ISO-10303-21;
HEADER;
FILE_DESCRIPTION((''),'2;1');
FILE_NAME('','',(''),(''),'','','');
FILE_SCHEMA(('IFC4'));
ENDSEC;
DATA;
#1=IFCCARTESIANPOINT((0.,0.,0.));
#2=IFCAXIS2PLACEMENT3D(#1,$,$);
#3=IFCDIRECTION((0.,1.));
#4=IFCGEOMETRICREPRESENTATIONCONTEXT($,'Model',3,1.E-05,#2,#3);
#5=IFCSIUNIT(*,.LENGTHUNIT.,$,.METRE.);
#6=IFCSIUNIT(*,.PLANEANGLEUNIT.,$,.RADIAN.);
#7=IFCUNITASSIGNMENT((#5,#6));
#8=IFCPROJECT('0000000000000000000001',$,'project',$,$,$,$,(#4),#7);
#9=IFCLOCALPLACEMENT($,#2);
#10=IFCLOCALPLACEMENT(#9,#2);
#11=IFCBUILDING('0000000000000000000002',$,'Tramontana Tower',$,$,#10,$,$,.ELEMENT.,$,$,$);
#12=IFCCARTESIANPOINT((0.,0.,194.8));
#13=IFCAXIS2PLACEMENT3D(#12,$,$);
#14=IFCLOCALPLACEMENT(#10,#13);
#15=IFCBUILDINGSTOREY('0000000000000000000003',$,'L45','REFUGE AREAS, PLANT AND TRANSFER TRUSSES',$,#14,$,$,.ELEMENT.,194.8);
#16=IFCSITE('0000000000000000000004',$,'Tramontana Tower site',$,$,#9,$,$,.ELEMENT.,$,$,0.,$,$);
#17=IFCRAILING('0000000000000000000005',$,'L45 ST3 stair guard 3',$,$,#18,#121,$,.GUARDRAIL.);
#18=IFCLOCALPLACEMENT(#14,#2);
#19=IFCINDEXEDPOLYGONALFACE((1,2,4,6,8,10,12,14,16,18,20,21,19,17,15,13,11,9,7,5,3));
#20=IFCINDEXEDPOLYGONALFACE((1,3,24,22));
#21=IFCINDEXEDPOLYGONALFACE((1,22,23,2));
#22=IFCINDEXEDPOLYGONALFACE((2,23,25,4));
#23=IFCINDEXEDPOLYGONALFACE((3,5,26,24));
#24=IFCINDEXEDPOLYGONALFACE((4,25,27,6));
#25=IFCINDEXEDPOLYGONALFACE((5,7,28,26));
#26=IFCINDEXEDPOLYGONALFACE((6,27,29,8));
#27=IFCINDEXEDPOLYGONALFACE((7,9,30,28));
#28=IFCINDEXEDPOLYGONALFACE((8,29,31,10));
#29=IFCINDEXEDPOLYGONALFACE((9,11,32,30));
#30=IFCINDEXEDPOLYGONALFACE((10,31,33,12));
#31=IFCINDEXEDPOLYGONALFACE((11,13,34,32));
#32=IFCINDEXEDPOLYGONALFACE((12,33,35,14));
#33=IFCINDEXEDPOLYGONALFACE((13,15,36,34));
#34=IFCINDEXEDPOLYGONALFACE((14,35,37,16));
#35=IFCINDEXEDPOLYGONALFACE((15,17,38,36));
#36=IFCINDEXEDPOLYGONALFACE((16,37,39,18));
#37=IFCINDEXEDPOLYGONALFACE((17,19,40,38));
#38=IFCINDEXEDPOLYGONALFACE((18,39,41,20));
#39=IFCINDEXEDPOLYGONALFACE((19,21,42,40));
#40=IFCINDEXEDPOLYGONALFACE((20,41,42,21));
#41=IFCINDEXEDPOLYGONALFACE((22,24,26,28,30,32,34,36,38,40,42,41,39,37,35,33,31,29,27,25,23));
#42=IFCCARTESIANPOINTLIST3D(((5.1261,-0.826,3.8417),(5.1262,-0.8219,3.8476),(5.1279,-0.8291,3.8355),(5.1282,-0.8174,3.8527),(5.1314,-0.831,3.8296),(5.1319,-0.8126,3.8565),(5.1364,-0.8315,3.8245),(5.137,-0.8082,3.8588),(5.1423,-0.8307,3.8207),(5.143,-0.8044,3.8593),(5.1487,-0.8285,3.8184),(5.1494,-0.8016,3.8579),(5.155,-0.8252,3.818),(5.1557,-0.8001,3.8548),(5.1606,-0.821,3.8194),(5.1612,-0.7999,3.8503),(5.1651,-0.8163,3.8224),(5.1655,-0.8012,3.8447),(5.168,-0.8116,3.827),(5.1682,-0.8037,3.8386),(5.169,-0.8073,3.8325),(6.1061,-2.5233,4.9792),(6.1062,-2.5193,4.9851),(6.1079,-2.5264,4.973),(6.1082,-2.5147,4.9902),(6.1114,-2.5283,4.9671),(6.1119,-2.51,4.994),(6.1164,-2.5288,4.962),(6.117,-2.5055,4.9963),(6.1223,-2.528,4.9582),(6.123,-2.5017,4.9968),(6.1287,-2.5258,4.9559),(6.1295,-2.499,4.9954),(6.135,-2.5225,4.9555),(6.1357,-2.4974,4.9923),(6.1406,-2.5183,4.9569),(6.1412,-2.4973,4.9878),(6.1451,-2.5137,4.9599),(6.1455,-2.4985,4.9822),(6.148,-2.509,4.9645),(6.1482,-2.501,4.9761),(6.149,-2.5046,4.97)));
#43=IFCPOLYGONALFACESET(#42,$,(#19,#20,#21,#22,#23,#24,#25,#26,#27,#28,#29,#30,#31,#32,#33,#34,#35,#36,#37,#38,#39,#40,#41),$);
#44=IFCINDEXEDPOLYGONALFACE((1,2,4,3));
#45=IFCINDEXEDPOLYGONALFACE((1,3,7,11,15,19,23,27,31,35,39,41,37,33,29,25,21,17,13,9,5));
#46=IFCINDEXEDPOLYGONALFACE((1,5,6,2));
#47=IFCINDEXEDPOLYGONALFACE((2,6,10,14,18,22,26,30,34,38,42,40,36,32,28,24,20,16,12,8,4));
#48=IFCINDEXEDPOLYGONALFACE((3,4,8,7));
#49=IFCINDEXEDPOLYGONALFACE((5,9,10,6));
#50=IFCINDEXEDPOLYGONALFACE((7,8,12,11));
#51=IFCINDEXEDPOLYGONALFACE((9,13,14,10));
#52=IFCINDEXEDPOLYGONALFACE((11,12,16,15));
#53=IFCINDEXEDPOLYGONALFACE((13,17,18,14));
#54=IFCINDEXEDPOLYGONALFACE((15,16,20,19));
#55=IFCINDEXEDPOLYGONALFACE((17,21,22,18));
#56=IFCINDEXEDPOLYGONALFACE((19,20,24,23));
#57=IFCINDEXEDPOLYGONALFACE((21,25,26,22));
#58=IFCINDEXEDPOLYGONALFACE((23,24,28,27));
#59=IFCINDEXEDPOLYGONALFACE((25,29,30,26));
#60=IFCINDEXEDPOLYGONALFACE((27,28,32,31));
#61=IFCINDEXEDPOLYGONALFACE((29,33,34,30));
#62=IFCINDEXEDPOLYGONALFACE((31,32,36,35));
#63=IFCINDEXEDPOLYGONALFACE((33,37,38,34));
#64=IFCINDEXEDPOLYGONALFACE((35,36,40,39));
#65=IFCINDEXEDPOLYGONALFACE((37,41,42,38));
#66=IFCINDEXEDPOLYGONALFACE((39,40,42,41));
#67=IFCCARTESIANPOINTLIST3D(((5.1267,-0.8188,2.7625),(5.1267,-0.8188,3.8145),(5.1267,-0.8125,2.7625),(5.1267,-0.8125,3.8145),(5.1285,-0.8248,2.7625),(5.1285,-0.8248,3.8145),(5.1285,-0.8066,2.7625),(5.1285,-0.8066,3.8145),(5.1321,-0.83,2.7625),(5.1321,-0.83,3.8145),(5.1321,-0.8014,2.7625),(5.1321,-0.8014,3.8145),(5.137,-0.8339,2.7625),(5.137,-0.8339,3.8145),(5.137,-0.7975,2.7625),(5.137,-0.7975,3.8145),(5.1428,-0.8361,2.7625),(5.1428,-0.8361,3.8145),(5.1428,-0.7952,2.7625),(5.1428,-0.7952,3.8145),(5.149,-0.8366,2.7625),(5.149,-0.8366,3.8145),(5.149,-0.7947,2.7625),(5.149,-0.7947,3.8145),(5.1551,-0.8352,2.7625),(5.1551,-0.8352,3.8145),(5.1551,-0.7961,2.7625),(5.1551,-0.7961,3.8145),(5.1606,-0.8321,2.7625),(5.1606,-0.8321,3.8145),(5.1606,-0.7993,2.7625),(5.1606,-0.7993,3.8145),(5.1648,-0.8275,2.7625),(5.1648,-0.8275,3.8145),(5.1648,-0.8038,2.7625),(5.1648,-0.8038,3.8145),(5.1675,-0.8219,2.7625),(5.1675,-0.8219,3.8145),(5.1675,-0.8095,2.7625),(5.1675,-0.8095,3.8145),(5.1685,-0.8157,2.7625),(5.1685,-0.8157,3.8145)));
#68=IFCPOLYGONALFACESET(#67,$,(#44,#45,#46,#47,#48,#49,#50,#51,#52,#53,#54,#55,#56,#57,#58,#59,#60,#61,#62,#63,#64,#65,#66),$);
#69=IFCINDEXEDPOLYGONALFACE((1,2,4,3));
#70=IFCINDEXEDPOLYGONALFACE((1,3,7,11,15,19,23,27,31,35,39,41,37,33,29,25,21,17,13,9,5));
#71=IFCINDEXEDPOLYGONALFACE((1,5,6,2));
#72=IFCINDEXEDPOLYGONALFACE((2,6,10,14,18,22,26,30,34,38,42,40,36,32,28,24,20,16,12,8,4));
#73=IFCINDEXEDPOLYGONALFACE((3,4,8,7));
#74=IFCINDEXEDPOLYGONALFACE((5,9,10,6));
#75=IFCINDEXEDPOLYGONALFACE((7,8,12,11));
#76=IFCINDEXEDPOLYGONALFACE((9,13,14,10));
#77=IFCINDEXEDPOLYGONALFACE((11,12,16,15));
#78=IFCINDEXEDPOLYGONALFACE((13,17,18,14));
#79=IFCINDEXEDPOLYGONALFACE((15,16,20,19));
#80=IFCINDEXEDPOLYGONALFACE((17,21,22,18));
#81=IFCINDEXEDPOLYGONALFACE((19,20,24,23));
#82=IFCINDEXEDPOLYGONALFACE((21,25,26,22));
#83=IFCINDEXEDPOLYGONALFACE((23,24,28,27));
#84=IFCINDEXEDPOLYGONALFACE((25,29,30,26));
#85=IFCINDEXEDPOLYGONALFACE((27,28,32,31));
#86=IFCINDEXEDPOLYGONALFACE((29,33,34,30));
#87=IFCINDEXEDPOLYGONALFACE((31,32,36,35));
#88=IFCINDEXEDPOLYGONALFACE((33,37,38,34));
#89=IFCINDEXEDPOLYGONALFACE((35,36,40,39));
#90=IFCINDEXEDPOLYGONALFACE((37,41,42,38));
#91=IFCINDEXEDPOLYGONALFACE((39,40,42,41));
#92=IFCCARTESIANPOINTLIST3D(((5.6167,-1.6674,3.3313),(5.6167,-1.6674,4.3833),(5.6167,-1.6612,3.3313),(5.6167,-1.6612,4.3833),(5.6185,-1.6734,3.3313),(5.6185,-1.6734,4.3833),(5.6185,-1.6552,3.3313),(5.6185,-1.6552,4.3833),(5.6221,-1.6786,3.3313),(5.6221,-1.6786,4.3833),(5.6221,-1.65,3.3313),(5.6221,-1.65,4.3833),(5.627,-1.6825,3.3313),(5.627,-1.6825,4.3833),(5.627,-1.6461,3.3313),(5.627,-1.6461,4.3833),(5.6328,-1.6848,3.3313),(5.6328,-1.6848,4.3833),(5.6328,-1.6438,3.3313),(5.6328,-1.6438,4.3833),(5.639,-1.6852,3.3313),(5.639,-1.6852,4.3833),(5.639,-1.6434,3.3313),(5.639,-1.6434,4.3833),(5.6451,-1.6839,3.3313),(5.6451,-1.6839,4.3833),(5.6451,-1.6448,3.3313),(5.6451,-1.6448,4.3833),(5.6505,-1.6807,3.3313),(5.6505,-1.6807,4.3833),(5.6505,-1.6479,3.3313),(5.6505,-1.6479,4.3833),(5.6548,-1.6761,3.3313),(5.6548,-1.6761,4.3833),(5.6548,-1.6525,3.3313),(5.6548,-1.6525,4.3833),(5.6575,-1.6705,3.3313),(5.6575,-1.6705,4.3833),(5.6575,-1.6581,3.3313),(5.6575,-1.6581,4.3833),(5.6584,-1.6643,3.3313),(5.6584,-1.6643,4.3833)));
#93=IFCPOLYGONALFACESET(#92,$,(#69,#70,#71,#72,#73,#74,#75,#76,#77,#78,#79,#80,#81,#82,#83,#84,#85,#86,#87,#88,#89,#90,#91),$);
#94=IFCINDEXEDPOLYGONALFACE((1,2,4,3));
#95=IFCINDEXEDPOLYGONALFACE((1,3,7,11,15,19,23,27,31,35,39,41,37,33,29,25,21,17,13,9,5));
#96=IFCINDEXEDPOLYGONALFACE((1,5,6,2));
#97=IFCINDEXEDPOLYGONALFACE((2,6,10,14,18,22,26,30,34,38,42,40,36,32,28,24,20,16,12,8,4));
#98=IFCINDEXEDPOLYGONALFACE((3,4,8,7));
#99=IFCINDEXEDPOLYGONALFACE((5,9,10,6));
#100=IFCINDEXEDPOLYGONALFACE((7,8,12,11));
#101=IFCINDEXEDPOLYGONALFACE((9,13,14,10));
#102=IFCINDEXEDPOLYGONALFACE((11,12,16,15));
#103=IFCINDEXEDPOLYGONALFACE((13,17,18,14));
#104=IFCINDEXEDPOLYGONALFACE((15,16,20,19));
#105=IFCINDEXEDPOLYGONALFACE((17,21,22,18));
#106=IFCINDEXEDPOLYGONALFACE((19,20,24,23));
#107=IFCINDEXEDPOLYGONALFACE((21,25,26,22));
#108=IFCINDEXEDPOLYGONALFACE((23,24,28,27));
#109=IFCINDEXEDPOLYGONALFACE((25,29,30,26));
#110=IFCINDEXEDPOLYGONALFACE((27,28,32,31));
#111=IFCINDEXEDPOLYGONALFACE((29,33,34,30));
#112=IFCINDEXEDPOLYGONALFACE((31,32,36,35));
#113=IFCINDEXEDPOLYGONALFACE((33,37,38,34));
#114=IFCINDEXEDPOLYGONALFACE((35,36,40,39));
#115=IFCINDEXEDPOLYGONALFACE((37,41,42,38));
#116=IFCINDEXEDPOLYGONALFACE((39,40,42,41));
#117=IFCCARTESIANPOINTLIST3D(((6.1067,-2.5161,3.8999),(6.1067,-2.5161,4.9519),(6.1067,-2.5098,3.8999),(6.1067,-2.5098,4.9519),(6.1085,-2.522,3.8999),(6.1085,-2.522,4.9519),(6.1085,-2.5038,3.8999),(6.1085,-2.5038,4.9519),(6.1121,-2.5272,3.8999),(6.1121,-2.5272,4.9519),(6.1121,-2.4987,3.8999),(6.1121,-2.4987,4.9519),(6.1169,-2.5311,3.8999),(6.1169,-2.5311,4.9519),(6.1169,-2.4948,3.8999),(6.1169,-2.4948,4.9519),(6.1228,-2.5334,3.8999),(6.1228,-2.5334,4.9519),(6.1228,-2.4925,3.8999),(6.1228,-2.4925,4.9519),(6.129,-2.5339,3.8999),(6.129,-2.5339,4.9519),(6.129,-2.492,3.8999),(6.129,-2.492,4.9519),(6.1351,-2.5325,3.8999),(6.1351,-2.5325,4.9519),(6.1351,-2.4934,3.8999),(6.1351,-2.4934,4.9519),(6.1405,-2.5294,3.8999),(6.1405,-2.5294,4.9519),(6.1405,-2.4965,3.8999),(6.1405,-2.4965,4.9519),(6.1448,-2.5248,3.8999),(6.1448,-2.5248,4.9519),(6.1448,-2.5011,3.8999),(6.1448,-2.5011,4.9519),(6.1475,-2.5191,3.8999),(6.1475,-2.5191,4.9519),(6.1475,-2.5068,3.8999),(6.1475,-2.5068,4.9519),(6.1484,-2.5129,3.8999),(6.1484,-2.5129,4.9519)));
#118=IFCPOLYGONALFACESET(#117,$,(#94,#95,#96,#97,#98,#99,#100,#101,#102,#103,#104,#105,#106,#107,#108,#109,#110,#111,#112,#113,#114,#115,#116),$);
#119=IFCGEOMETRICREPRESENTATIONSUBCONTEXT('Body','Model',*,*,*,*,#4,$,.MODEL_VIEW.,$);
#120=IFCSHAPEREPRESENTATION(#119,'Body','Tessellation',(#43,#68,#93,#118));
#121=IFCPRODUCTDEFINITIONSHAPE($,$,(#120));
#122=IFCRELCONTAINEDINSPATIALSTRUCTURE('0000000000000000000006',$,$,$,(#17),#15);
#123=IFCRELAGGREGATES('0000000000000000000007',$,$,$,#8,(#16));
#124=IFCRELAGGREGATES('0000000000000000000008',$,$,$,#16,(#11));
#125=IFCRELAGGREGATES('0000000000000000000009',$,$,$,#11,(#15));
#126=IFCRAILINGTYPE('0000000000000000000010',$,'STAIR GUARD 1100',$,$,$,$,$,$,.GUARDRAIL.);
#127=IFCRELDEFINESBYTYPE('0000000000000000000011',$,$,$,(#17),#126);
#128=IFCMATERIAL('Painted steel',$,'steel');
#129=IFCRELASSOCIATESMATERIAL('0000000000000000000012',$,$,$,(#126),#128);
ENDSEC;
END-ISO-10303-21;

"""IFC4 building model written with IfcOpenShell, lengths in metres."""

from ifc_helpers import new_model, si_unit, direction, frame, origin, origin_2d, place, context, subcontext, project, spatial, circle, extrude, material, type_object, element, save


model = new_model("IFC4")

# Units and contexts
model_context = context("Model", 3, precision=1e-05, world=origin(), true_north=direction((0.0, 1.0)))
body_context = subcontext(model_context, "Body", "Model", "MODEL_VIEW")
ifc_project = project(units=[si_unit("LENGTHUNIT", "METRE"), si_unit("PLANEANGLEUNIT", "RADIAN")], contexts=[model_context])

# Site, building, storey
site_placement = place(None, origin())
site = spatial("IfcSite", under=ifc_project, at=site_placement, Name="Tramontana Tower site", CompositionType="ELEMENT", RefElevation=0.0)
building_placement = place(site_placement, origin())
building = spatial("IfcBuilding", under=site, at=building_placement, Name="Tramontana Tower", CompositionType="ELEMENT")
storey_placement = place(building_placement, frame((0.0, 0.0, 194.8)))
storey = spatial("IfcBuildingStorey", under=building, at=storey_placement, Name="L45", Description="REFUGE AREAS, PLANT AND TRANSFER TRUSSES", CompositionType="ELEMENT", Elevation=194.8)

# Railing
ifc_material_1 = material(Name="Painted steel", Category="steel")
railing_type_1 = type_object("IfcRailingType", Name="STAIR GUARD 1100", PredefinedType="GUARDRAIL", material=ifc_material_1)
railing_1_placement = place(storey_placement, frame((5.1475, -0.8157, 2.7625)))
element("IfcRailing", 1, at=railing_1_placement, inside=storey, type_object=railing_type_1, Name="L45 ST3 stair guard 3", PredefinedType="GUARDRAIL", context=body_context, shape_type="SweptSolid", body=[
    extrude(circle(Radius=0.0239, at=origin_2d()), frame((0.0, 0.0, 1.0762), z_axis=(0.432467, -0.749006, 0.501959), x_axis=(0.866011, 0.500024, 0.0)), (0.0, 0.0, 1.0), 2.2661),
    extrude(circle(Radius=0.021, at=origin_2d()), origin(), (0.0, 0.0, 1.0), 1.052),
    extrude(circle(Radius=0.021, at=origin_2d()), frame((0.49, -0.8486, 0.5688)), (0.0, 0.0, 1.0), 1.052),
    extrude(circle(Radius=0.021, at=origin_2d()), frame((0.98, -1.6973, 1.1375)), (0.0, 0.0, 1.0), 1.052),
])

save(model, "model.ifc")
